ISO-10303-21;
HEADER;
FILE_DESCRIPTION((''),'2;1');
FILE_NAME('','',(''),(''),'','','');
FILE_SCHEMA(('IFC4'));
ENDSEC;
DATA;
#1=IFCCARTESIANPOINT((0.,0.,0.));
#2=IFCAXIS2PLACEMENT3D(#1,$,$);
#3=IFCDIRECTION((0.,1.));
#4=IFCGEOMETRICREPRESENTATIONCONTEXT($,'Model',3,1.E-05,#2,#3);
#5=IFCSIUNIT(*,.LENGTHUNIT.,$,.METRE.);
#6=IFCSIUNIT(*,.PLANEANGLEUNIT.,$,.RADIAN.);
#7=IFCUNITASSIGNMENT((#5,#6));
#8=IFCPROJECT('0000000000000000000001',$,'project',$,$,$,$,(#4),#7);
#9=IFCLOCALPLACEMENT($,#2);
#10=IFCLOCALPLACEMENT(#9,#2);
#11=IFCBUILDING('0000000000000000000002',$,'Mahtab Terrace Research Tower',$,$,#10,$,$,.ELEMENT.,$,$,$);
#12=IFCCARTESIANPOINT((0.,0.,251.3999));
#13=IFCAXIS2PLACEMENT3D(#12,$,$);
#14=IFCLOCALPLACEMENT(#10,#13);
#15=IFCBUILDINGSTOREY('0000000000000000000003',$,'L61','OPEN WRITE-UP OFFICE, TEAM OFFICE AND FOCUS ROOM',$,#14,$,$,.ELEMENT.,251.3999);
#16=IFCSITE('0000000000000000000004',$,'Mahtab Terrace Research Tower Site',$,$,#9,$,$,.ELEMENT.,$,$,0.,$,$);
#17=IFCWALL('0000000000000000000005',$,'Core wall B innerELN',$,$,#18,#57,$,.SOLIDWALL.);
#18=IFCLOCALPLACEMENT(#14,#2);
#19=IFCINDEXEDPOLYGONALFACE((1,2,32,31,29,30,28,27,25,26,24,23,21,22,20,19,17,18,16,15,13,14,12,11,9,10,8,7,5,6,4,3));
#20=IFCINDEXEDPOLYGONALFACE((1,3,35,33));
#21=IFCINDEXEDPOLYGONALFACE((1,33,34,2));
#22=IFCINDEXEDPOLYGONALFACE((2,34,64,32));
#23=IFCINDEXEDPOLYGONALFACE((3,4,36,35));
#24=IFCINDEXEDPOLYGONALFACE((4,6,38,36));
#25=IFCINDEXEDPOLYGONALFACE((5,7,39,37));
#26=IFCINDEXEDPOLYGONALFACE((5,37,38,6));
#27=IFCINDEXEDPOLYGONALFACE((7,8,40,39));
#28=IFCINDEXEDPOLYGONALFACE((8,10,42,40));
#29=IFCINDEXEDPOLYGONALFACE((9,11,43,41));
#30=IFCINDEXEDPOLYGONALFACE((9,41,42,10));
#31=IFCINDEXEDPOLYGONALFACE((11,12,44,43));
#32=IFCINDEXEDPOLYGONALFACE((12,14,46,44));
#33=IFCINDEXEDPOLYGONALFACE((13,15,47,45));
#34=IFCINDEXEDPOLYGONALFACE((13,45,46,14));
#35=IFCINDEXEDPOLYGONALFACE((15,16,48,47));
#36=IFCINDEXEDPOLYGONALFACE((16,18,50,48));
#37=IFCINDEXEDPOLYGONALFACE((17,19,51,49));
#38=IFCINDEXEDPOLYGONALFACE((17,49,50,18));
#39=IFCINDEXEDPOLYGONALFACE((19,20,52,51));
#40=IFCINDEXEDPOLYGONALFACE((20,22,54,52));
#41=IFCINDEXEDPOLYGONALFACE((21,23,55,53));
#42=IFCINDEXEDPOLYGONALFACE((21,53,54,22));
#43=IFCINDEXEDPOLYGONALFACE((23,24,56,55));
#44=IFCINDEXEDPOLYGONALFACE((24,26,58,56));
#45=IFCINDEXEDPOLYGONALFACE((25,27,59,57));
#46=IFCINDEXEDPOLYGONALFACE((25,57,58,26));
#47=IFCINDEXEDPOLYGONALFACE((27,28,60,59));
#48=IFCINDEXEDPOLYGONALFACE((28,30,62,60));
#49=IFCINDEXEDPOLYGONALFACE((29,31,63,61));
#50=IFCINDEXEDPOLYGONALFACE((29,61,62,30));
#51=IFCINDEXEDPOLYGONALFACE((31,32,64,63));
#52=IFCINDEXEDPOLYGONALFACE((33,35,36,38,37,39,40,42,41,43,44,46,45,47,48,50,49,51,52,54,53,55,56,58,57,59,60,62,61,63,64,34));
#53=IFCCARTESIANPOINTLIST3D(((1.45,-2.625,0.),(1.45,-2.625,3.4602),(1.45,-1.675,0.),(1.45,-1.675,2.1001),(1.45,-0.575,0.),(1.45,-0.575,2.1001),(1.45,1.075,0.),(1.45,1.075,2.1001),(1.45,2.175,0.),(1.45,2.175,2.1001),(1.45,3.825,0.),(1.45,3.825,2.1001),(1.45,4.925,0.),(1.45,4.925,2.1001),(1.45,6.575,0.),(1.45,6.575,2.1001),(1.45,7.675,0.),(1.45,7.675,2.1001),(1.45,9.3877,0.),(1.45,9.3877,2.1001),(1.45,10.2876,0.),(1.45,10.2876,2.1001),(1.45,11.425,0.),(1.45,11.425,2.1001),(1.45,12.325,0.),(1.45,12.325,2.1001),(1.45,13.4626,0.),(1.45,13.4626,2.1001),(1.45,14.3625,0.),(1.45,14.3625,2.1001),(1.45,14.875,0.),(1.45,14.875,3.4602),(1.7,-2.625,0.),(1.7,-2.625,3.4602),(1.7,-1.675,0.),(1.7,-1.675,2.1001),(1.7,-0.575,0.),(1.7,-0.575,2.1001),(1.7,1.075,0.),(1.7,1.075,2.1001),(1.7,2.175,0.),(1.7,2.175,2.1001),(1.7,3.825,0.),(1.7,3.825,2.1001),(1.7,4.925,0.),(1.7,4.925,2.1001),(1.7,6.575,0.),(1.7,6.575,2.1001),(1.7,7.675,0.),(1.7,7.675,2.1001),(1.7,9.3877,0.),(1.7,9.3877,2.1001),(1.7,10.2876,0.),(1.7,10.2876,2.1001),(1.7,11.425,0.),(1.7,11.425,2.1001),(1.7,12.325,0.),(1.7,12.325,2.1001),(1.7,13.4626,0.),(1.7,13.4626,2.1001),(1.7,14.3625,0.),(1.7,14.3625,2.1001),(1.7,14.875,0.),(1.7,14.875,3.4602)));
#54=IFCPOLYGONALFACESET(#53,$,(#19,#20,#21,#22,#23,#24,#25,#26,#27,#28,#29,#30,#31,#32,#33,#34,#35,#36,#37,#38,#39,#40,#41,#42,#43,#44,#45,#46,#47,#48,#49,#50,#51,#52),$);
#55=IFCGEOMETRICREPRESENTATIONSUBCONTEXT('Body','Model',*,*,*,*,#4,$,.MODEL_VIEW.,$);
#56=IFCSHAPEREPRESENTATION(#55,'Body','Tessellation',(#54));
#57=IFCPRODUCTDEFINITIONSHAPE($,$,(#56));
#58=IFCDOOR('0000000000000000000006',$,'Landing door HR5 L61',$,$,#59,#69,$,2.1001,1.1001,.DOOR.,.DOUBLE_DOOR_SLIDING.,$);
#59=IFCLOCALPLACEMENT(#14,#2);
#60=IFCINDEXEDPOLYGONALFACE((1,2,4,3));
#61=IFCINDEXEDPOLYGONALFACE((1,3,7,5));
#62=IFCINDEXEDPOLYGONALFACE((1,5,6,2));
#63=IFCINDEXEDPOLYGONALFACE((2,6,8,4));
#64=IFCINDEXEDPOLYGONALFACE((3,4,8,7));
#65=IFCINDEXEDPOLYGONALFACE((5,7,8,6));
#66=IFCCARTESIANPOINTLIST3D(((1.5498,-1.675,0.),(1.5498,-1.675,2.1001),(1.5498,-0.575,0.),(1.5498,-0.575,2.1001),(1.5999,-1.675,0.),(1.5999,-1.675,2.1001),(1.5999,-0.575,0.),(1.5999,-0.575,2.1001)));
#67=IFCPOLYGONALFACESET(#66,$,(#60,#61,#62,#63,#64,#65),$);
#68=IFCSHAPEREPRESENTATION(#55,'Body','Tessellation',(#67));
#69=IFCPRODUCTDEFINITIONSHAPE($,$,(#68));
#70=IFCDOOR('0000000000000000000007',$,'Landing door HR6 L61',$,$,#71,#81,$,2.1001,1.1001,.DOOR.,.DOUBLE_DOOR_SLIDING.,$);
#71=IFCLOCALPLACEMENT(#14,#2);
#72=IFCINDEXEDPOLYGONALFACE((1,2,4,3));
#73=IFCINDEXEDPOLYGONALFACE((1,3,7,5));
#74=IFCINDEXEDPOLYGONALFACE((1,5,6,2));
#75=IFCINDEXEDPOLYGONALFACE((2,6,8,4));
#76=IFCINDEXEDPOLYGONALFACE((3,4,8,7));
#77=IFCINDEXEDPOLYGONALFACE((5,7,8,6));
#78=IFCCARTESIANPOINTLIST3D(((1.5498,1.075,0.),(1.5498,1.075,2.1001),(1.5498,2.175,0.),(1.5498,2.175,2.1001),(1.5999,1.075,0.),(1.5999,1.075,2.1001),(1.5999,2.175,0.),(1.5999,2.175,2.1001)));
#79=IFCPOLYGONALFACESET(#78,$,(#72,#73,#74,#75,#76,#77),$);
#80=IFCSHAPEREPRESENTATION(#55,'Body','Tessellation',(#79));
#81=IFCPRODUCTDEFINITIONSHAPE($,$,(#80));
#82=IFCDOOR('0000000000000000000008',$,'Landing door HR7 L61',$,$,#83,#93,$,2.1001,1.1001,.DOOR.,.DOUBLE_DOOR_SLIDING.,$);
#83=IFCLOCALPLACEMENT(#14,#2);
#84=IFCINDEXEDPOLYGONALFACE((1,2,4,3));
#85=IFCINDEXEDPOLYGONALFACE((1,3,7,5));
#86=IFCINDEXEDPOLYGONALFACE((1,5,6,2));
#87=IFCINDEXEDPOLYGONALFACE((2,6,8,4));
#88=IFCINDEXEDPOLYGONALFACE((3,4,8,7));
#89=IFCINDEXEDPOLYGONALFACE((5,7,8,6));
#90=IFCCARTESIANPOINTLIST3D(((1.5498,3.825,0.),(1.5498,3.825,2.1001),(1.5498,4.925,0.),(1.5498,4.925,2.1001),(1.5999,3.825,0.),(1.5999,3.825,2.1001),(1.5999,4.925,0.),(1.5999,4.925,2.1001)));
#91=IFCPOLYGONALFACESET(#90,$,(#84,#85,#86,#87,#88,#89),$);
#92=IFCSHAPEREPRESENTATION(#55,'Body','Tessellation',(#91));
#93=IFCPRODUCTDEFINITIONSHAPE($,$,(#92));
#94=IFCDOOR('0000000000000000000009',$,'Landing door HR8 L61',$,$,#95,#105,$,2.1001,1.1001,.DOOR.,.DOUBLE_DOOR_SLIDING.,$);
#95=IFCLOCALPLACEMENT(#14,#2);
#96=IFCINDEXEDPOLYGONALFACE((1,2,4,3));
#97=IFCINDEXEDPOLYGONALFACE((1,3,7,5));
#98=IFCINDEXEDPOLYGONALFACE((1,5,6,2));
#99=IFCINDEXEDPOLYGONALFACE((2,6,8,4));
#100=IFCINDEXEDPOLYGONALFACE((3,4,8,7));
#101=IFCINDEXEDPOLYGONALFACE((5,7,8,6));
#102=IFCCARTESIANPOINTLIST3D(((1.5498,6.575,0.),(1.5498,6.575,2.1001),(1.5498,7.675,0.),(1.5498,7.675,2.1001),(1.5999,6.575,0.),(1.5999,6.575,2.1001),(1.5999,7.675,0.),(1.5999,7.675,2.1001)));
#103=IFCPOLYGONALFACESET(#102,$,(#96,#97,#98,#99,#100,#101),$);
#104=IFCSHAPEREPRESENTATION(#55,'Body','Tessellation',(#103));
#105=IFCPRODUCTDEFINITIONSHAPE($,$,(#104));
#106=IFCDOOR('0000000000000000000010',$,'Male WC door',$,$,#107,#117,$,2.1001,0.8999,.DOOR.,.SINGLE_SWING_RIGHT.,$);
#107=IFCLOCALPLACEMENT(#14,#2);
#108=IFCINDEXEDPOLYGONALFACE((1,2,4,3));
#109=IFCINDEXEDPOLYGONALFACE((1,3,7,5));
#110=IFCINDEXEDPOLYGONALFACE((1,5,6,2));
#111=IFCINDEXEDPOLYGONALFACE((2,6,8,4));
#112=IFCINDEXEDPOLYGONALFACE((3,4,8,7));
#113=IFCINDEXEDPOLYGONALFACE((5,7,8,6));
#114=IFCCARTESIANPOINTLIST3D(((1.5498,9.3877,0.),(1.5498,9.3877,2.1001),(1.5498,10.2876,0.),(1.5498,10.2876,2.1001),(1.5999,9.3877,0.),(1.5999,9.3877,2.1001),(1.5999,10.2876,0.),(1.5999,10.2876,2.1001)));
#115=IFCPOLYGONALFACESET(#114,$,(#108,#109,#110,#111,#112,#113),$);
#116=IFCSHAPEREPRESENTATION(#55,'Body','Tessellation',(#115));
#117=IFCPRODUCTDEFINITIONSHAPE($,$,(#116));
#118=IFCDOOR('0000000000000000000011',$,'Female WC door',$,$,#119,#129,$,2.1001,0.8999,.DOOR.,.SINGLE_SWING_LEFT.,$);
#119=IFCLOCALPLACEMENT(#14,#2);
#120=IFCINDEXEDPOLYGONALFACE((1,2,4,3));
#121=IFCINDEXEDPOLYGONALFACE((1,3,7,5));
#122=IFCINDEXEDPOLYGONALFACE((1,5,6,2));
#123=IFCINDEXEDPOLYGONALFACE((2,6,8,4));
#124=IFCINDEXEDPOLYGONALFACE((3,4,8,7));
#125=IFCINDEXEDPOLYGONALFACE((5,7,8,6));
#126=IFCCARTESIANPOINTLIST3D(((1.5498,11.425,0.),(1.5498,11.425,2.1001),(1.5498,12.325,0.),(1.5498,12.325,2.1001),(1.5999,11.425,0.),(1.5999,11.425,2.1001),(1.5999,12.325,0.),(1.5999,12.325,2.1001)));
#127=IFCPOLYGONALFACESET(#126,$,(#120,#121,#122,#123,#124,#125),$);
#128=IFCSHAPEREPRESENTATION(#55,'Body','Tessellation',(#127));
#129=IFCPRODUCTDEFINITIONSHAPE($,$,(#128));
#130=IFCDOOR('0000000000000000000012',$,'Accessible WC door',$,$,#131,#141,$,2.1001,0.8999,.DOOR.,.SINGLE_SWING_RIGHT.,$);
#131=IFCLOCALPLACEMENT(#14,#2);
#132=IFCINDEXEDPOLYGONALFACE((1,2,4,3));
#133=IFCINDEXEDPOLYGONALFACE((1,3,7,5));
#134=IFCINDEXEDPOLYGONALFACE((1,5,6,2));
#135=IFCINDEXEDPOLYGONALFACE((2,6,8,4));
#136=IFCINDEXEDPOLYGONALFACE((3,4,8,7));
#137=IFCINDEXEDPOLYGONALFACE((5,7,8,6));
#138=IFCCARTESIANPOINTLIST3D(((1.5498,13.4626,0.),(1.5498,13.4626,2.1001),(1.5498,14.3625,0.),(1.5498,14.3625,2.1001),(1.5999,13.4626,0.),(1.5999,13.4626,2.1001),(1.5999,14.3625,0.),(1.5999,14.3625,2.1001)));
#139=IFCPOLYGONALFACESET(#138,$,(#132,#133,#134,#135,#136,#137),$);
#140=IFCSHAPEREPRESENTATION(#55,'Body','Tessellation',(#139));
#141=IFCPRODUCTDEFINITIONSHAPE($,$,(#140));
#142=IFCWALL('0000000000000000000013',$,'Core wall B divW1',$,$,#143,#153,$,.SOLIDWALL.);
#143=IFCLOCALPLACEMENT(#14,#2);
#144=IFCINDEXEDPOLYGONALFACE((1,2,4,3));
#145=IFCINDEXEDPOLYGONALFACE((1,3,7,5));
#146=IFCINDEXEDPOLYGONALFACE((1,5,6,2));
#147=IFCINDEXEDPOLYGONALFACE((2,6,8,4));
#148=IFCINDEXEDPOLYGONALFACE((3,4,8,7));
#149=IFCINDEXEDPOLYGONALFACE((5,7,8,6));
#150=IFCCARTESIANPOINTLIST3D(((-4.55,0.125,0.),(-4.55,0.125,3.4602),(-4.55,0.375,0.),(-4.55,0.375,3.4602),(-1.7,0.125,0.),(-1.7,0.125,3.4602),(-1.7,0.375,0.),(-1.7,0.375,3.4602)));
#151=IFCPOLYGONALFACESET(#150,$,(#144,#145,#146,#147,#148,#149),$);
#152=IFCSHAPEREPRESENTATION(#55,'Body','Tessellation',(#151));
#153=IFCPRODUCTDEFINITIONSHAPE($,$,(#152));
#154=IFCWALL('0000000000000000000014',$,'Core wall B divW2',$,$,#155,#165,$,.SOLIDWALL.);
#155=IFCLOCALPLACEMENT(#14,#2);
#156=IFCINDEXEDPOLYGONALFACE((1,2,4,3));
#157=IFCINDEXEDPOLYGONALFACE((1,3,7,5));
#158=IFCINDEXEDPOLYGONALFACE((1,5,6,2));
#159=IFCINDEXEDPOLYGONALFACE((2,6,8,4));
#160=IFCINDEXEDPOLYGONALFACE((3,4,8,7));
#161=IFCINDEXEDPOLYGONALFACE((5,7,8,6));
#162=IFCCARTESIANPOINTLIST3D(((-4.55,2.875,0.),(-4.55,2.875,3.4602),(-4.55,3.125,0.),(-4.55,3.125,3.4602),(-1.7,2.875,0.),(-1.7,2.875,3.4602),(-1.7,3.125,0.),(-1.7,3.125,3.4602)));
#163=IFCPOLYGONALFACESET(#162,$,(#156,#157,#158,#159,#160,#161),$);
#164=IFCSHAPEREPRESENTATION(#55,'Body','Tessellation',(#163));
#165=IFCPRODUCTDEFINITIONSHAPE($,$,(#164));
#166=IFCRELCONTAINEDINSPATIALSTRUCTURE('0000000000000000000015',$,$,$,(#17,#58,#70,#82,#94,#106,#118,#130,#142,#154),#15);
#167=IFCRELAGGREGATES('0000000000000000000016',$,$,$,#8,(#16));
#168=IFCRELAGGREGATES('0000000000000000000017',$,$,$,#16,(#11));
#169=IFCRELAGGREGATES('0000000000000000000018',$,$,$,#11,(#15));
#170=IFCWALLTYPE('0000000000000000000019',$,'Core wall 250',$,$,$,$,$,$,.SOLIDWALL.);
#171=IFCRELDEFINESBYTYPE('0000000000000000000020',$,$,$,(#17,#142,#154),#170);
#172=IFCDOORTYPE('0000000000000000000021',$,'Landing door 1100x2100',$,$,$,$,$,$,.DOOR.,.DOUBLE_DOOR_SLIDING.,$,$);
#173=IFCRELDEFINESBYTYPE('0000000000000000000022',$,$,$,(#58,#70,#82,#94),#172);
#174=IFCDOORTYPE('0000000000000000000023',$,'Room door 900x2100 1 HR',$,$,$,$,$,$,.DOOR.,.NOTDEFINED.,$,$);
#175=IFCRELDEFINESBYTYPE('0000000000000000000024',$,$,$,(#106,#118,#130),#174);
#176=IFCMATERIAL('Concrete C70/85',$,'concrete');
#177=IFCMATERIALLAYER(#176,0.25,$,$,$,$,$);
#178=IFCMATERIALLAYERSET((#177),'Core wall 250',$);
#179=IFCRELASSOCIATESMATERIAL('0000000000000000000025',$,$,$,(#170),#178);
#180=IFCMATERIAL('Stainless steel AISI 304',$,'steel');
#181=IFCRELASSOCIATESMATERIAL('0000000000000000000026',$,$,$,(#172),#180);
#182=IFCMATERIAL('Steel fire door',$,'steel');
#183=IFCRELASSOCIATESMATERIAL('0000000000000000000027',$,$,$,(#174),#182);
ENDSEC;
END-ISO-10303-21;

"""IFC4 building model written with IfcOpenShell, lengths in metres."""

from ifc_helpers import new_model, si_unit, direction, frame, frame_2d, origin, place, context, subcontext, project, spatial, rectangle, extrude, material, layer, layer_set, type_object, element, fill, save


model = new_model("IFC4")

# Units and contexts
model_context = context("Model", 3, precision=1e-05, world=origin(), true_north=direction((0.0, 1.0)))
body_context = subcontext(model_context, "Body", "Model", "MODEL_VIEW")
ifc_project = project(units=[si_unit("LENGTHUNIT", "METRE"), si_unit("PLANEANGLEUNIT", "RADIAN")], contexts=[model_context])

# Site, building, storey
site_placement = place(None, origin())
site = spatial("IfcSite", under=ifc_project, at=site_placement, Name="Mahtab Terrace Research Tower Site", CompositionType="ELEMENT", RefElevation=0.0)
building_placement = place(site_placement, origin())
building = spatial("IfcBuilding", under=site, at=building_placement, Name="Mahtab Terrace Research Tower", CompositionType="ELEMENT")
storey_placement = place(building_placement, frame((0.0, 0.0, 251.3999)))
storey = spatial("IfcBuildingStorey", under=building, at=storey_placement, Name="L61", Description="OPEN WRITE-UP OFFICE, TEAM OFFICE AND FOCUS ROOM", CompositionType="ELEMENT", Elevation=251.3999)

# Shared definitions
ifc_material_1 = material(Name="Concrete C70/85", Category="concrete")

# Wall, openings, doors
ifc_layer_1 = layer(ifc_material_1, 0.25)
ifc_layer_set_1 = layer_set([ifc_layer_1], Name="Core wall 250")
wall_type_1 = type_object("IfcWallType", Name="Core wall 250", PredefinedType="SOLIDWALL", material=ifc_layer_set_1)
wall_1_placement = place(storey_placement, frame((1.575, 14.875, 0.0), z_axis=(0.0, 0.0, 1.0), x_axis=(0.0, -1.0, 0.0)))
wall_1 = element("IfcWall", 1, at=wall_1_placement, inside=storey, type_object=wall_type_1, Name="Core wall B innerELN", PredefinedType="SOLIDWALL", context=body_context, shape_type="SweptSolid", body=[
    extrude(rectangle(XDim=17.5, YDim=0.25, at=frame_2d((8.75, 0.0))), origin(), (0.0, 0.0, 1.0), 3.4602),
])
opening_1_placement = place(wall_1_placement, frame((15.45, 0.0, 0.0)))
opening_1 = element("IfcOpeningElement", 2, at=opening_1_placement, cuts=wall_1, PredefinedType="OPENING", context=body_context, shape_type="SweptSolid", body=[
    extrude(rectangle(XDim=1.1001, YDim=2.1001, at=frame_2d((0.55, 1.05))), frame((0.0, 0.135, 0.0), z_axis=(0.0, -1.0, 0.0), x_axis=(1.0, 0.0, 0.0)), (0.0, 0.0, 1.0), 0.27),
])
opening_2_placement = place(wall_1_placement, frame((12.7, 0.0, 0.0)))
opening_2 = element("IfcOpeningElement", 3, at=opening_2_placement, cuts=wall_1, PredefinedType="OPENING", context=body_context, shape_type="SweptSolid", body=[
    extrude(rectangle(XDim=1.1001, YDim=2.1001, at=frame_2d((0.55, 1.05))), frame((0.0, 0.135, 0.0), z_axis=(0.0, -1.0, 0.0), x_axis=(1.0, 0.0, 0.0)), (0.0, 0.0, 1.0), 0.27),
])
opening_3_placement = place(wall_1_placement, frame((9.95, 0.0, 0.0)))
opening_3 = element("IfcOpeningElement", 4, at=opening_3_placement, cuts=wall_1, PredefinedType="OPENING", context=body_context, shape_type="SweptSolid", body=[
    extrude(rectangle(XDim=1.1001, YDim=2.1001, at=frame_2d((0.55, 1.05))), frame((0.0, 0.135, 0.0), z_axis=(0.0, -1.0, 0.0), x_axis=(1.0, 0.0, 0.0)), (0.0, 0.0, 1.0), 0.27),
])
opening_4_placement = place(wall_1_placement, frame((7.2, 0.0, 0.0)))
opening_4 = element("IfcOpeningElement", 5, at=opening_4_placement, cuts=wall_1, PredefinedType="OPENING", context=body_context, shape_type="SweptSolid", body=[
    extrude(rectangle(XDim=1.1001, YDim=2.1001, at=frame_2d((0.55, 1.05))), frame((0.0, 0.135, 0.0), z_axis=(0.0, -1.0, 0.0), x_axis=(1.0, 0.0, 0.0)), (0.0, 0.0, 1.0), 0.27),
])
opening_5_placement = place(wall_1_placement, frame((4.5874, 0.0, 0.0)))
opening_5 = element("IfcOpeningElement", 6, at=opening_5_placement, cuts=wall_1, PredefinedType="OPENING", context=body_context, shape_type="SweptSolid", body=[
    extrude(rectangle(XDim=0.8999, YDim=2.1001, at=frame_2d((0.45, 1.05))), frame((0.0, 0.135, 0.0), z_axis=(0.0, -1.0, 0.0), x_axis=(1.0, 0.0, 0.0)), (0.0, 0.0, 1.0), 0.27),
])
opening_6_placement = place(wall_1_placement, frame((2.55, 0.0, 0.0)))
opening_6 = element("IfcOpeningElement", 7, at=opening_6_placement, cuts=wall_1, PredefinedType="OPENING", context=body_context, shape_type="SweptSolid", body=[
    extrude(rectangle(XDim=0.8999, YDim=2.1001, at=frame_2d((0.45, 1.05))), frame((0.0, 0.135, 0.0), z_axis=(0.0, -1.0, 0.0), x_axis=(1.0, 0.0, 0.0)), (0.0, 0.0, 1.0), 0.27),
])
opening_7_placement = place(wall_1_placement, frame((0.5125, 0.0, 0.0)))
opening_7 = element("IfcOpeningElement", 8, at=opening_7_placement, cuts=wall_1, PredefinedType="OPENING", context=body_context, shape_type="SweptSolid", body=[
    extrude(rectangle(XDim=0.8999, YDim=2.1001, at=frame_2d((0.45, 1.05))), frame((0.0, 0.135, 0.0), z_axis=(0.0, -1.0, 0.0), x_axis=(1.0, 0.0, 0.0)), (0.0, 0.0, 1.0), 0.27),
])
ifc_material_2 = material(Name="Stainless steel AISI 304", Category="steel")
door_type_1 = type_object("IfcDoorType", Name="Landing door 1100x2100", OperationType="DOUBLE_DOOR_SLIDING", PredefinedType="DOOR", material=ifc_material_2)
door_1_placement = place(opening_1_placement, origin())
door_1 = element("IfcDoor", 9, at=door_1_placement, inside=storey, type_object=door_type_1, Name="Landing door HR5 L61", OperationType="DOUBLE_DOOR_SLIDING", OverallHeight=2.1001, OverallWidth=1.1001, PredefinedType="DOOR", context=body_context, shape_type="SweptSolid", body=[
    extrude(rectangle(XDim=1.1001, YDim=2.1001, at=frame_2d((0.55, 1.05))), frame((0.0, 0.0249, 0.0), z_axis=(0.0, -1.0, 0.0), x_axis=(1.0, 0.0, 0.0)), (0.0, 0.0, 1.0), 0.05),
])
fill(opening_1, door_1)
door_2_placement = place(opening_2_placement, origin())
door_2 = element("IfcDoor", 10, at=door_2_placement, inside=storey, type_object=door_type_1, Name="Landing door HR6 L61", OperationType="DOUBLE_DOOR_SLIDING", OverallHeight=2.1001, OverallWidth=1.1001, PredefinedType="DOOR", context=body_context, shape_type="SweptSolid", body=[
    extrude(rectangle(XDim=1.1001, YDim=2.1001, at=frame_2d((0.55, 1.05))), frame((0.0, 0.0249, 0.0), z_axis=(0.0, -1.0, 0.0), x_axis=(1.0, 0.0, 0.0)), (0.0, 0.0, 1.0), 0.05),
])
fill(opening_2, door_2)
door_3_placement = place(opening_3_placement, origin())
door_3 = element("IfcDoor", 11, at=door_3_placement, inside=storey, type_object=door_type_1, Name="Landing door HR7 L61", OperationType="DOUBLE_DOOR_SLIDING", OverallHeight=2.1001, OverallWidth=1.1001, PredefinedType="DOOR", context=body_context, shape_type="SweptSolid", body=[
    extrude(rectangle(XDim=1.1001, YDim=2.1001, at=frame_2d((0.55, 1.05))), frame((0.0, 0.0249, 0.0), z_axis=(0.0, -1.0, 0.0), x_axis=(1.0, 0.0, 0.0)), (0.0, 0.0, 1.0), 0.05),
])
fill(opening_3, door_3)
door_4_placement = place(opening_4_placement, origin())
door_4 = element("IfcDoor", 12, at=door_4_placement, inside=storey, type_object=door_type_1, Name="Landing door HR8 L61", OperationType="DOUBLE_DOOR_SLIDING", OverallHeight=2.1001, OverallWidth=1.1001, PredefinedType="DOOR", context=body_context, shape_type="SweptSolid", body=[
    extrude(rectangle(XDim=1.1001, YDim=2.1001, at=frame_2d((0.55, 1.05))), frame((0.0, 0.0249, 0.0), z_axis=(0.0, -1.0, 0.0), x_axis=(1.0, 0.0, 0.0)), (0.0, 0.0, 1.0), 0.05),
])
fill(opening_4, door_4)
ifc_material_3 = material(Name="Steel fire door", Category="steel")
door_type_2 = type_object("IfcDoorType", Name="Room door 900x2100 1 HR", OperationType="NOTDEFINED", PredefinedType="DOOR", material=ifc_material_3)
door_5_placement = place(opening_5_placement, origin())
door_5 = element("IfcDoor", 13, at=door_5_placement, inside=storey, type_object=door_type_2, Name="Male WC door", OperationType="SINGLE_SWING_RIGHT", OverallHeight=2.1001, OverallWidth=0.8999, PredefinedType="DOOR", context=body_context, shape_type="SweptSolid", body=[
    extrude(rectangle(XDim=0.8999, YDim=2.1001, at=frame_2d((0.45, 1.05))), frame((0.0, 0.0249, 0.0), z_axis=(0.0, -1.0, 0.0), x_axis=(1.0, 0.0, 0.0)), (0.0, 0.0, 1.0), 0.05),
])
fill(opening_5, door_5)
door_6_placement = place(opening_6_placement, origin())
door_6 = element("IfcDoor", 14, at=door_6_placement, inside=storey, type_object=door_type_2, Name="Female WC door", OperationType="SINGLE_SWING_LEFT", OverallHeight=2.1001, OverallWidth=0.8999, PredefinedType="DOOR", context=body_context, shape_type="SweptSolid", body=[
    extrude(rectangle(XDim=0.8999, YDim=2.1001, at=frame_2d((0.45, 1.05))), frame((0.0, 0.0249, 0.0), z_axis=(0.0, -1.0, 0.0), x_axis=(1.0, 0.0, 0.0)), (0.0, 0.0, 1.0), 0.05),
])
fill(opening_6, door_6)
door_7_placement = place(opening_7_placement, origin())
door_7 = element("IfcDoor", 15, at=door_7_placement, inside=storey, type_object=door_type_2, Name="Accessible WC door", OperationType="SINGLE_SWING_RIGHT", OverallHeight=2.1001, OverallWidth=0.8999, PredefinedType="DOOR", context=body_context, shape_type="SweptSolid", body=[
    extrude(rectangle(XDim=0.8999, YDim=2.1001, at=frame_2d((0.45, 1.05))), frame((0.0, 0.0249, 0.0), z_axis=(0.0, -1.0, 0.0), x_axis=(1.0, 0.0, 0.0)), (0.0, 0.0, 1.0), 0.05),
])
fill(opening_7, door_7)

# Walls
for number, where, z_axis, x_axis, name in (
    (16, (-4.55, 0.25, 0.0), (0.0, 0.0, 1.0), (1.0, 0.0, 0.0), "Core wall B divW1"),
    (17, (-4.55, 3.0, 0.0), (0.0, 0.0, 1.0), (1.0, 0.0, 0.0), "Core wall B divW2"),
):
    element("IfcWall", number, at=place(storey_placement, frame(where, z_axis=z_axis, x_axis=x_axis)), inside=storey, type_object=wall_type_1, Name=name, PredefinedType="SOLIDWALL", context=body_context, shape_type="SweptSolid", body=[
        extrude(rectangle(XDim=2.8501, YDim=0.25, at=frame_2d((1.425, 0.0))), origin(), (0.0, 0.0, 1.0), 3.4602),
    ])

save(model, "model.ifc")
